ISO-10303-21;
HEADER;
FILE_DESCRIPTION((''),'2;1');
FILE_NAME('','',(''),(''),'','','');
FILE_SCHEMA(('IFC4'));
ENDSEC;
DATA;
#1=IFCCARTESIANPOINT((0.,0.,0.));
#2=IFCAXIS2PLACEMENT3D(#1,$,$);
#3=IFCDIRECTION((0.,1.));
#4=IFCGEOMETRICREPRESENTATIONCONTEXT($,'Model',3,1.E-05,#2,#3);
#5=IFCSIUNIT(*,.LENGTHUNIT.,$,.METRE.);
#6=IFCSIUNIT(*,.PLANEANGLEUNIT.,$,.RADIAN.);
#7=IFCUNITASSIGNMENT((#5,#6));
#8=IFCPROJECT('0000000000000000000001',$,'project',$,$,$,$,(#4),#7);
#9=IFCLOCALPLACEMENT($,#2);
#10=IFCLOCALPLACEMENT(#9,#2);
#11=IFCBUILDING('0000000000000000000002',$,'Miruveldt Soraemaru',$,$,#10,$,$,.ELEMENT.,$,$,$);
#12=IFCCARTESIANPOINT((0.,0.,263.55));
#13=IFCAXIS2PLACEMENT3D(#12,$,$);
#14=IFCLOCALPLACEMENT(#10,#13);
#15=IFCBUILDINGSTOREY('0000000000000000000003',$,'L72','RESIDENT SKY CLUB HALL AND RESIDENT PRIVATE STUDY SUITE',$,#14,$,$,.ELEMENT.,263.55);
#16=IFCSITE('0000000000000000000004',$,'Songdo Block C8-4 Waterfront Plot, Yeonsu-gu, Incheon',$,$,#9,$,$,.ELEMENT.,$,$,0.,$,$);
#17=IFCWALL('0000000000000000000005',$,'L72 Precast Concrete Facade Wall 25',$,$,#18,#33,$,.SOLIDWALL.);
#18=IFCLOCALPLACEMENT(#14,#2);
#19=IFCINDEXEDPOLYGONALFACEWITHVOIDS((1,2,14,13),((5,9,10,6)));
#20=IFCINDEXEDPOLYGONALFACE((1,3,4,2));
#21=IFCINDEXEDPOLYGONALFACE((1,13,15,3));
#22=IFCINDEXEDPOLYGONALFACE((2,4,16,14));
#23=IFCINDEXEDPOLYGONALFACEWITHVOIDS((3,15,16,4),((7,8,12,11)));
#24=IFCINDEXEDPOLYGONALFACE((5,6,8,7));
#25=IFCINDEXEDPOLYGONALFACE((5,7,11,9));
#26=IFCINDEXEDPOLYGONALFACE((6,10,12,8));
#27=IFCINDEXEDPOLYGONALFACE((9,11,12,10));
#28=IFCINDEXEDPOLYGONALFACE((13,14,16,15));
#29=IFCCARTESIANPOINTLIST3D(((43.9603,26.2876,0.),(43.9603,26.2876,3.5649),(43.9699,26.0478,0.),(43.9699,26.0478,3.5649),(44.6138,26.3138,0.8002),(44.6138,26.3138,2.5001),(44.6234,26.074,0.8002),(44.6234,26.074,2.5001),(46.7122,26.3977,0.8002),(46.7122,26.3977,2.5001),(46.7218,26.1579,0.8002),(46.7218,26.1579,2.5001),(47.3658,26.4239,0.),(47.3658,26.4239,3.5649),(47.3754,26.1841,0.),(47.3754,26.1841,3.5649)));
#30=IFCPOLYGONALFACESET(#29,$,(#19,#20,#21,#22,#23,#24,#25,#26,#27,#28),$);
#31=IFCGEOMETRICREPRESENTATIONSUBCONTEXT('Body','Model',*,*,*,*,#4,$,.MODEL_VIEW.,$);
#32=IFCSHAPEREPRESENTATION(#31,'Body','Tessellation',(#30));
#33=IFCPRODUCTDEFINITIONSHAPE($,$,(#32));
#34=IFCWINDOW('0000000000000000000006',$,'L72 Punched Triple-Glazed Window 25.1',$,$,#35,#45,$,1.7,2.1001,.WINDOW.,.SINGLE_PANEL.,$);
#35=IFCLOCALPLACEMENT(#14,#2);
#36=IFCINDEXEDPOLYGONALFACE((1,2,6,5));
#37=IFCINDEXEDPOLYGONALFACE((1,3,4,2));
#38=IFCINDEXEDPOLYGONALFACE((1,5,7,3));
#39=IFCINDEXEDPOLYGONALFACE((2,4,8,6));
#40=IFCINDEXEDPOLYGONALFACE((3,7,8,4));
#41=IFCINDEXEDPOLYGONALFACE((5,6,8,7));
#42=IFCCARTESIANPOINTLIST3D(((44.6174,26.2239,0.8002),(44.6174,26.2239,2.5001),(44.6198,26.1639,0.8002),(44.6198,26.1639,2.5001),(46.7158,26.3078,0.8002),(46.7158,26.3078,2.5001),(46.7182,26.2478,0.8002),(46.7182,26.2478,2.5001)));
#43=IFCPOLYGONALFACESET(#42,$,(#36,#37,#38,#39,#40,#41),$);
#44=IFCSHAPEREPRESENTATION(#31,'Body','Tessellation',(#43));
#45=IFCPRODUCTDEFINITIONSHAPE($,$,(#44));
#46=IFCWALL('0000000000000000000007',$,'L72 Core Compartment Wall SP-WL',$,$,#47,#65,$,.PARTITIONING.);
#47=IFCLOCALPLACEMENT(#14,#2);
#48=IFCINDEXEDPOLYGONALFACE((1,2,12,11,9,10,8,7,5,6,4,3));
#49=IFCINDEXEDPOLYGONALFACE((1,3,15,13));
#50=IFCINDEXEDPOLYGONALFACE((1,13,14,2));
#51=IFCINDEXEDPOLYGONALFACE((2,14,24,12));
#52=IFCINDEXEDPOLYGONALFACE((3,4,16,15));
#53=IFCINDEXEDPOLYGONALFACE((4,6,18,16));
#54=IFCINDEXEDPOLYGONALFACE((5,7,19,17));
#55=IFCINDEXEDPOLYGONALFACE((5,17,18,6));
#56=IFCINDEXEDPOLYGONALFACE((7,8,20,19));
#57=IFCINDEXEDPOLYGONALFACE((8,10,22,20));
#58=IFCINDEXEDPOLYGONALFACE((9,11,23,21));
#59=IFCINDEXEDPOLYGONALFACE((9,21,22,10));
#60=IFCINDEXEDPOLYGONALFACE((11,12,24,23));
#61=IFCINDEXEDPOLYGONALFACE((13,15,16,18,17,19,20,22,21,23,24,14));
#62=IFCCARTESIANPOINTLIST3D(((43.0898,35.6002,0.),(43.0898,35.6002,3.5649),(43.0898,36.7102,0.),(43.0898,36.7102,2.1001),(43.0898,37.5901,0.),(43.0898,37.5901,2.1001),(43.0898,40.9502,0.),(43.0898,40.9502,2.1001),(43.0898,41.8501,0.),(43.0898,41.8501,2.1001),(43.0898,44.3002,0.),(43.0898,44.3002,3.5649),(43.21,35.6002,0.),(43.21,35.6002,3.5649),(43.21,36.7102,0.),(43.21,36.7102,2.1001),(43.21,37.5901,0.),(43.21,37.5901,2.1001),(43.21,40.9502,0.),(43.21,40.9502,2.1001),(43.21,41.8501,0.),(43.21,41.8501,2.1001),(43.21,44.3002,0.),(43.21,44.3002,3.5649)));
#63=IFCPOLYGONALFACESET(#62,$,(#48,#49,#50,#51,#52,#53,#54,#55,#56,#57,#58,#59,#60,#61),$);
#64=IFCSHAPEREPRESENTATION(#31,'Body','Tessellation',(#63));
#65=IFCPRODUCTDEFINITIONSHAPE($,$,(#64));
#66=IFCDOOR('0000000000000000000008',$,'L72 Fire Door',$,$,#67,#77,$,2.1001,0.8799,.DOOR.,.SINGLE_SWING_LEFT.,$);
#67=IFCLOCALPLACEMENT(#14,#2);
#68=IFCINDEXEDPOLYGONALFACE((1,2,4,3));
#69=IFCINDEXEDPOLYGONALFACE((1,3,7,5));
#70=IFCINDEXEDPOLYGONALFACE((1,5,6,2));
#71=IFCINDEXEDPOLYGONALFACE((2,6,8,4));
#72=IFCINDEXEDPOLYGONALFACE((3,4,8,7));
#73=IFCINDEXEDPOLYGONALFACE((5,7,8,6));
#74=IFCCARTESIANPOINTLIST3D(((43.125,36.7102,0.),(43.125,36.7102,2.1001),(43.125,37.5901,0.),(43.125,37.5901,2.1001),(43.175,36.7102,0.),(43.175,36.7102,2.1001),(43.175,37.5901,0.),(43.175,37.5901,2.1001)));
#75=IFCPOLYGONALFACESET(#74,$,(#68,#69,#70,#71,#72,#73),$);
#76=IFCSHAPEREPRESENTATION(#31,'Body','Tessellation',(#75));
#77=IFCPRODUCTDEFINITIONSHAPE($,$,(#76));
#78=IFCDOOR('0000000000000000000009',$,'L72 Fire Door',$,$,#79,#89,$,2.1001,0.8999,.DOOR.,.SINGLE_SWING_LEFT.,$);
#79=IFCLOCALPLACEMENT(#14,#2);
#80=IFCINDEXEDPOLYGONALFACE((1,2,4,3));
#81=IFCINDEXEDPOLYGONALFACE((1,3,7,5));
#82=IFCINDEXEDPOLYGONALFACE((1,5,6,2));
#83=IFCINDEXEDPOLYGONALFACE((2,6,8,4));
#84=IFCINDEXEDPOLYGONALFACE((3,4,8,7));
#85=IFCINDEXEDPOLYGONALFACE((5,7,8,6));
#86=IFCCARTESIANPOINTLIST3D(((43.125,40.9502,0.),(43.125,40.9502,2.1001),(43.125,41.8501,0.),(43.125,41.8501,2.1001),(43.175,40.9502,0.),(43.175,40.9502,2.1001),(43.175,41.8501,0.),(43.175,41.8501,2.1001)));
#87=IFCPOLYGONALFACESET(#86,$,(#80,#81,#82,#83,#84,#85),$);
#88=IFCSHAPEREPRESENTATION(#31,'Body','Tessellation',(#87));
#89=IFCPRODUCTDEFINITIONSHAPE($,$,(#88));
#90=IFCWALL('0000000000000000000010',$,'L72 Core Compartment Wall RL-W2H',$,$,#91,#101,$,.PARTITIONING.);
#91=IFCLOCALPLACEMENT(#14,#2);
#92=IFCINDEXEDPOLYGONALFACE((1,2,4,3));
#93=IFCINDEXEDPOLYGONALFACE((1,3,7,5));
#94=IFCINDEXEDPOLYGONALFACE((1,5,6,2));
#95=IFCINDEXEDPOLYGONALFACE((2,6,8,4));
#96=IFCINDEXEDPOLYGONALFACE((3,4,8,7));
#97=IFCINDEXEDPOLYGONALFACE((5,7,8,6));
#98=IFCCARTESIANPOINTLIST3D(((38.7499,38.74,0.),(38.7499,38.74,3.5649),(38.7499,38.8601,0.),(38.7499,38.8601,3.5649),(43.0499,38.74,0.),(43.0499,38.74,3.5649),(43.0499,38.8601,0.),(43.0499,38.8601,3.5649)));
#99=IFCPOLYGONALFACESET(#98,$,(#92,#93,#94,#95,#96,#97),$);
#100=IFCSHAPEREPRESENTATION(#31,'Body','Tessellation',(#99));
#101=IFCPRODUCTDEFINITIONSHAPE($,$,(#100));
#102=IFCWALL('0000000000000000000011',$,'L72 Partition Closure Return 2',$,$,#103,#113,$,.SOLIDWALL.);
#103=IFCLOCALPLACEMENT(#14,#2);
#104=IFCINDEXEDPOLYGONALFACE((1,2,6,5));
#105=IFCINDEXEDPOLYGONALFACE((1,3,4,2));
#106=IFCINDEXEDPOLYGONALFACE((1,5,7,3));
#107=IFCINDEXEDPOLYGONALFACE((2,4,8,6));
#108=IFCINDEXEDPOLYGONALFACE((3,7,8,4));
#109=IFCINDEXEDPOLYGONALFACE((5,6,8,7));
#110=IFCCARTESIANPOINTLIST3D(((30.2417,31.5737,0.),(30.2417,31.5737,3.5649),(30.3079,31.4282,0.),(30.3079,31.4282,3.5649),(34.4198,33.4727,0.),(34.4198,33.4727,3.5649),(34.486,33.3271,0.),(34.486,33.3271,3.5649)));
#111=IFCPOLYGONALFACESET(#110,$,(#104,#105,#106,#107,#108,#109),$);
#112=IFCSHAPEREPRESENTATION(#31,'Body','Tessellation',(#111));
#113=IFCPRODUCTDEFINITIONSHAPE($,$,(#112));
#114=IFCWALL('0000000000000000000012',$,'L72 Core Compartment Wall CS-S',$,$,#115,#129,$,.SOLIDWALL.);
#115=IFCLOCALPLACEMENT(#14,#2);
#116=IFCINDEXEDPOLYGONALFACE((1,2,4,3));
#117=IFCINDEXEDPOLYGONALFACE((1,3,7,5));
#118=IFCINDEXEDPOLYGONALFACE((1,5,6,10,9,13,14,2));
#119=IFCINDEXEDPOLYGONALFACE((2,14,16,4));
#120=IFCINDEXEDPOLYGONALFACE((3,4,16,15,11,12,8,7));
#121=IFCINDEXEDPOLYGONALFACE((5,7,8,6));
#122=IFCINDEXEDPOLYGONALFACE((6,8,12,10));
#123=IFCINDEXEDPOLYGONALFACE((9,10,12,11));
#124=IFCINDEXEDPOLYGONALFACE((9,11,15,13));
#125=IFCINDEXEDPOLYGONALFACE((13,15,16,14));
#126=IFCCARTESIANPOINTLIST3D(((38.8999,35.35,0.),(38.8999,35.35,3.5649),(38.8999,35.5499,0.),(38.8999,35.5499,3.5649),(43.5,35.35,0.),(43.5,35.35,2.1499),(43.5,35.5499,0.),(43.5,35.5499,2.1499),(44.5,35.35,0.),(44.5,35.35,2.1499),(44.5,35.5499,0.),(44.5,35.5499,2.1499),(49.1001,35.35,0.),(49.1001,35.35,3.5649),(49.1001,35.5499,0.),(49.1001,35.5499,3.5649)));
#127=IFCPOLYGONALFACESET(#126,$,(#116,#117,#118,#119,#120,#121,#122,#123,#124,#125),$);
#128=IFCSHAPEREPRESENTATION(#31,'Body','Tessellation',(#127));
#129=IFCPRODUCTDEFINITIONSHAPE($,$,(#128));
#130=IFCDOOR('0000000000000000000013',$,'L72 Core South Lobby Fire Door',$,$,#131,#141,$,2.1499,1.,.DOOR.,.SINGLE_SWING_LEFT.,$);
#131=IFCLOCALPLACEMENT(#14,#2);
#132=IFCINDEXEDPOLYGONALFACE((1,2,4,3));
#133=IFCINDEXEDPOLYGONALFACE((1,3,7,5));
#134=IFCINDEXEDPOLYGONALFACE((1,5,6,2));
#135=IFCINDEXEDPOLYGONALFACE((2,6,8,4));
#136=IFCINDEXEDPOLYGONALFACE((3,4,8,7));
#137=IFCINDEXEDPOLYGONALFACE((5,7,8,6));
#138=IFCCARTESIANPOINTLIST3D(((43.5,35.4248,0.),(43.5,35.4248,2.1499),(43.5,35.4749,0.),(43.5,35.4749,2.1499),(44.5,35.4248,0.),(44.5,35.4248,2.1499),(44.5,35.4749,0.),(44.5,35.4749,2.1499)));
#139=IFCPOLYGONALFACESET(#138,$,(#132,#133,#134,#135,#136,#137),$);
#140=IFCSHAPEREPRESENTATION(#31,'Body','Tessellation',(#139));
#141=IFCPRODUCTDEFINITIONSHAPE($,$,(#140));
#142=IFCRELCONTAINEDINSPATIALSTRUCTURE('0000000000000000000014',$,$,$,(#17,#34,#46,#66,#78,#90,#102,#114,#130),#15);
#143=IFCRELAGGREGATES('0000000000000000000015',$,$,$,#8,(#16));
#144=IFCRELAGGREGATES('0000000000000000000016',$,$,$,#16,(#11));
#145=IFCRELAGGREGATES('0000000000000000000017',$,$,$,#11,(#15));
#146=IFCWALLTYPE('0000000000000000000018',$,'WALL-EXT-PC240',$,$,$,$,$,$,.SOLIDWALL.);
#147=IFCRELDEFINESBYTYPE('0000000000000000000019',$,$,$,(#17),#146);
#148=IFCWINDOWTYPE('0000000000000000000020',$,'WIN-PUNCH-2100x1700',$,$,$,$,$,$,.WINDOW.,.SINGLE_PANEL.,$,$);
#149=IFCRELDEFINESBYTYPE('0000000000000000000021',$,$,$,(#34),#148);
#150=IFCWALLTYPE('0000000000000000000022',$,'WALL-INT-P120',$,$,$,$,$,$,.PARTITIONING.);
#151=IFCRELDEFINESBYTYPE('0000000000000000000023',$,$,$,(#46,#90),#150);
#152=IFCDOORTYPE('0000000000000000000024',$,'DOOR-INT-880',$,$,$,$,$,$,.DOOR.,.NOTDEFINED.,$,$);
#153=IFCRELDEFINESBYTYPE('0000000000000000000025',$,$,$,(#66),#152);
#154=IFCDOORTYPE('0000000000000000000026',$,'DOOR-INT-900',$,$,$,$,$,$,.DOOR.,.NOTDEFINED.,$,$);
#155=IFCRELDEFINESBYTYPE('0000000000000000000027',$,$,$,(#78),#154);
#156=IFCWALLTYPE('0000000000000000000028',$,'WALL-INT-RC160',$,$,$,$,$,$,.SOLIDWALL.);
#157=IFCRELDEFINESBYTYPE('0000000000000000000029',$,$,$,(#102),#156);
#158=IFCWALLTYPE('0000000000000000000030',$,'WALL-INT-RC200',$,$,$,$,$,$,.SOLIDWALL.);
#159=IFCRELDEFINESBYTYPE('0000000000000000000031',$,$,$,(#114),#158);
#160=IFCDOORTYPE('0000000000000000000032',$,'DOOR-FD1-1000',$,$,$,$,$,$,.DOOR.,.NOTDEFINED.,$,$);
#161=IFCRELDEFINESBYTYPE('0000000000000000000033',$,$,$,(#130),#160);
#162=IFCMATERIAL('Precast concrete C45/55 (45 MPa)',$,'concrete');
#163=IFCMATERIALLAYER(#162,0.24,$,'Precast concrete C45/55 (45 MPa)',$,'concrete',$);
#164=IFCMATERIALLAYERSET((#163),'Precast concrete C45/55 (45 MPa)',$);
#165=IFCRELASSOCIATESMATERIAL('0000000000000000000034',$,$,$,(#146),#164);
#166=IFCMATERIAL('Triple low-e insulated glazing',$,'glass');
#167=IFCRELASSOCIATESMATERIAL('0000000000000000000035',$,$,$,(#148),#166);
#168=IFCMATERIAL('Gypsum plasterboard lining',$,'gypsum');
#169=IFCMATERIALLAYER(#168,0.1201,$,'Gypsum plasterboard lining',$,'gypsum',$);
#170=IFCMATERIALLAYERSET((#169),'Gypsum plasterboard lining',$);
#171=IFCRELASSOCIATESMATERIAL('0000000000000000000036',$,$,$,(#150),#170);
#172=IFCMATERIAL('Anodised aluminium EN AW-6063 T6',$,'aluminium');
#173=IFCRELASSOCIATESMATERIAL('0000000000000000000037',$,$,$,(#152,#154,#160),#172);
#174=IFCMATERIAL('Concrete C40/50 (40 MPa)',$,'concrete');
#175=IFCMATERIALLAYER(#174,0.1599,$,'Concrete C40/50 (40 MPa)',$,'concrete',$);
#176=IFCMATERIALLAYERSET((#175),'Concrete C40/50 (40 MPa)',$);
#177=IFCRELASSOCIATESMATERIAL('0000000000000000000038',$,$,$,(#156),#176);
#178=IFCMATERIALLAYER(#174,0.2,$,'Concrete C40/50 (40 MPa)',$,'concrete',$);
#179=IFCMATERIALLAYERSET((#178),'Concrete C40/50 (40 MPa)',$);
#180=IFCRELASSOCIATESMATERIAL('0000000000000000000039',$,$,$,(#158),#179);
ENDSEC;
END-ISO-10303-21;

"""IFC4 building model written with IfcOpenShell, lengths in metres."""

from ifc_helpers import new_model, si_unit, direction, frame, frame_2d, origin, place, context, subcontext, project, spatial, rectangle, extrude, material, layer, layer_set, type_object, element, fill, save


model = new_model("IFC4")

# Units and contexts
model_context = context("Model", 3, precision=1e-05, world=origin(), true_north=direction((0.0, 1.0)))
body_context = subcontext(model_context, "Body", "Model", "MODEL_VIEW")
ifc_project = project(units=[si_unit("LENGTHUNIT", "METRE"), si_unit("PLANEANGLEUNIT", "RADIAN")], contexts=[model_context])

# Site, building, storey
site_placement = place(None, origin())
site = spatial("IfcSite", under=ifc_project, at=site_placement, Name="Songdo Block C8-4 Waterfront Plot, Yeonsu-gu, Incheon", CompositionType="ELEMENT", RefElevation=0.0)
building_placement = place(site_placement, origin())
building = spatial("IfcBuilding", under=site, at=building_placement, Name="Miruveldt Soraemaru", CompositionType="ELEMENT")
storey_placement = place(building_placement, frame((0.0, 0.0, 263.55)))
storey = spatial("IfcBuildingStorey", under=building, at=storey_placement, Name="L72", Description="RESIDENT SKY CLUB HALL AND RESIDENT PRIVATE STUDY SUITE", CompositionType="ELEMENT", Elevation=263.55)

# Wall, opening, window
ifc_material_1 = material(Name="Precast concrete C45/55 (45 MPa)", Category="concrete")
ifc_layer_1 = layer(ifc_material_1, 0.24, Name="Precast concrete C45/55 (45 MPa)", Category="concrete")
ifc_layer_set_1 = layer_set([ifc_layer_1], Name="Precast concrete C45/55 (45 MPa)")
wall_type_1 = type_object("IfcWallType", Name="WALL-EXT-PC240", PredefinedType="SOLIDWALL", material=ifc_layer_set_1)
ifc_material_2 = material(Name="Triple low-e insulated glazing", Category="glass")
window_type = type_object("IfcWindowType", Name="WIN-PUNCH-2100x1700", PartitioningType="SINGLE_PANEL", PredefinedType="WINDOW", material=ifc_material_2)
wall_1_placement = place(storey_placement, frame((43.9651, 26.1677, 0.0), z_axis=(0.0, 0.0, 1.0), x_axis=(0.999201, 0.039971, 0.0)))
wall_1 = element("IfcWall", 1, at=wall_1_placement, inside=storey, type_object=wall_type_1, Name="L72 Precast Concrete Facade Wall 25", PredefinedType="SOLIDWALL", context=body_context, shape_type="SweptSolid", body=[
    extrude(rectangle(XDim=3.4082, YDim=0.24, at=frame_2d((1.7041, 0.0))), origin(), (0.0, 0.0, 1.0), 3.5649),
])
opening_1_placement = place(wall_1_placement, frame((0.6541, 0.0, 0.8)))
opening_1 = element("IfcOpeningElement", 2, at=opening_1_placement, cuts=wall_1, PredefinedType="OPENING", context=body_context, shape_type="SweptSolid", body=[
    extrude(rectangle(XDim=2.1001, YDim=1.7, at=frame_2d((1.05, 0.8501))), frame((0.0, 0.1299, 0.0), z_axis=(0.0, -1.0, 0.0), x_axis=(1.0, 0.0, 0.0)), (0.0, 0.0, 1.0), 0.26),
])
window_1_placement = place(opening_1_placement, origin())
window_1 = element("IfcWindow", 3, at=window_1_placement, inside=storey, type_object=window_type, Name="L72 Punched Triple-Glazed Window 25.1", OverallHeight=1.7, OverallWidth=2.1001, PartitioningType="SINGLE_PANEL", PredefinedType="WINDOW", context=body_context, shape_type="SweptSolid", body=[
    extrude(rectangle(XDim=2.1001, YDim=1.7, at=frame_2d((1.05, 0.8501))), frame((0.0, 0.03, 0.0), z_axis=(0.0, -1.0, 0.0), x_axis=(1.0, 0.0, 0.0)), (0.0, 0.0, 1.0), 0.0601),
])
fill(opening_1, window_1)

# Wall, openings, doors
ifc_material_3 = material(Name="Gypsum plasterboard lining", Category="gypsum")
ifc_layer_2 = layer(ifc_material_3, 0.1201, Name="Gypsum plasterboard lining", Category="gypsum")
ifc_layer_set_2 = layer_set([ifc_layer_2], Name="Gypsum plasterboard lining")
wall_type_2 = type_object("IfcWallType", Name="WALL-INT-P120", PredefinedType="PARTITIONING", material=ifc_layer_set_2)
wall_2_placement = place(storey_placement, frame((43.1499, 35.6001, 0.0), z_axis=(0.0, 0.0, 1.0), x_axis=(0.0, 1.0, 0.0)))
wall_2 = element("IfcWall", 4, at=wall_2_placement, inside=storey, type_object=wall_type_2, Name="L72 Core Compartment Wall SP-WL", PredefinedType="PARTITIONING", context=body_context, shape_type="SweptSolid", body=[
    extrude(rectangle(XDim=8.7, YDim=0.1201, at=frame_2d((4.3501, 0.0))), origin(), (0.0, 0.0, 1.0), 3.5649),
])
opening_2_placement = place(wall_2_placement, frame((1.1101, 0.0, 0.0)))
opening_2 = element("IfcOpeningElement", 5, at=opening_2_placement, cuts=wall_2, PredefinedType="OPENING", context=body_context, shape_type="SweptSolid", body=[
    extrude(rectangle(XDim=0.8799, YDim=2.1001, at=frame_2d((0.4399, 1.05))), frame((0.0, 0.0701, 0.0), z_axis=(0.0, -1.0, 0.0), x_axis=(1.0, 0.0, 0.0)), (0.0, 0.0, 1.0), 0.1401),
])
opening_3_placement = place(wall_2_placement, frame((5.3501, 0.0, 0.0)))
opening_3 = element("IfcOpeningElement", 6, at=opening_3_placement, cuts=wall_2, PredefinedType="OPENING", context=body_context, shape_type="SweptSolid", body=[
    extrude(rectangle(XDim=0.8999, YDim=2.1001, at=frame_2d((0.45, 1.05))), frame((0.0, 0.0701, 0.0), z_axis=(0.0, -1.0, 0.0), x_axis=(1.0, 0.0, 0.0)), (0.0, 0.0, 1.0), 0.1401),
])
ifc_material_4 = material(Name="Anodised aluminium EN AW-6063 T6", Category="aluminium")
door_type_1 = type_object("IfcDoorType", Name="DOOR-INT-880", OperationType="NOTDEFINED", PredefinedType="DOOR", material=ifc_material_4)
door_1_placement = place(opening_2_placement, origin())
door_1 = element("IfcDoor", 7, at=door_1_placement, inside=storey, type_object=door_type_1, Name="L72 Fire Door", OperationType="SINGLE_SWING_LEFT", OverallHeight=2.1001, OverallWidth=0.8799, PredefinedType="DOOR", context=body_context, shape_type="SweptSolid", body=[
    extrude(rectangle(XDim=0.8799, YDim=2.1001, at=frame_2d((0.4399, 1.05))), frame((0.0, 0.0249, 0.0), z_axis=(0.0, -1.0, 0.0), x_axis=(1.0, 0.0, 0.0)), (0.0, 0.0, 1.0), 0.05),
])
fill(opening_2, door_1)
door_type_2 = type_object("IfcDoorType", Name="DOOR-INT-900", OperationType="NOTDEFINED", PredefinedType="DOOR", material=ifc_material_4)
door_2_placement = place(opening_3_placement, origin())
door_2 = element("IfcDoor", 8, at=door_2_placement, inside=storey, type_object=door_type_2, Name="L72 Fire Door", OperationType="SINGLE_SWING_LEFT", OverallHeight=2.1001, OverallWidth=0.8999, PredefinedType="DOOR", context=body_context, shape_type="SweptSolid", body=[
    extrude(rectangle(XDim=0.8999, YDim=2.1001, at=frame_2d((0.45, 1.05))), frame((0.0, 0.0249, 0.0), z_axis=(0.0, -1.0, 0.0), x_axis=(1.0, 0.0, 0.0)), (0.0, 0.0, 1.0), 0.05),
])
fill(opening_3, door_2)

# Walls
wall_3_placement = place(storey_placement, frame((38.75, 38.8, 0.0), z_axis=(0.0, 0.0, 1.0), x_axis=(1.0, 0.0, 0.0)))
element("IfcWall", 9, at=wall_3_placement, inside=storey, type_object=wall_type_2, Name="L72 Core Compartment Wall RL-W2H", PredefinedType="PARTITIONING", context=body_context, shape_type="SweptSolid", body=[
    extrude(rectangle(XDim=4.3, YDim=0.1201, at=frame_2d((2.1499, 0.0))), origin(), (0.0, 0.0, 1.0), 3.5649),
])
ifc_material_5 = material(Name="Concrete C40/50 (40 MPa)", Category="concrete")
ifc_layer_3 = layer(ifc_material_5, 0.1599, Name="Concrete C40/50 (40 MPa)", Category="concrete")
ifc_layer_set_3 = layer_set([ifc_layer_3], Name="Concrete C40/50 (40 MPa)")
wall_type_3 = type_object("IfcWallType", Name="WALL-INT-RC160", PredefinedType="SOLIDWALL", material=ifc_layer_set_3)
wall_4_placement = place(storey_placement, frame((34.4529, 33.3999, 0.0), z_axis=(0.0, 0.0, 1.0), x_axis=(-0.910379, -0.413775, 0.0)))
element("IfcWall", 10, at=wall_4_placement, inside=storey, type_object=wall_type_3, Name="L72 Partition Closure Return 2", PredefinedType="SOLIDWALL", context=body_context, shape_type="SweptSolid", body=[
    extrude(rectangle(XDim=4.5894, YDim=0.1599, at=frame_2d((2.2947, 0.0))), origin(), (0.0, 0.0, 1.0), 3.5649),
])

# Wall, opening, door
ifc_layer_4 = layer(ifc_material_5, 0.2, Name="Concrete C40/50 (40 MPa)", Category="concrete")
ifc_layer_set_4 = layer_set([ifc_layer_4], Name="Concrete C40/50 (40 MPa)")
wall_type_4 = type_object("IfcWallType", Name="WALL-INT-RC200", PredefinedType="SOLIDWALL", material=ifc_layer_set_4)
wall_5_placement = place(storey_placement, frame((38.8999, 35.45, 0.0), z_axis=(0.0, 0.0, 1.0), x_axis=(1.0, 0.0, 0.0)))
wall_5 = element("IfcWall", 11, at=wall_5_placement, inside=storey, type_object=wall_type_4, Name="L72 Core Compartment Wall CS-S", PredefinedType="SOLIDWALL", context=body_context, shape_type="SweptSolid", body=[
    extrude(rectangle(XDim=10.2002, YDim=0.2, at=frame_2d((5.1001, 0.0))), origin(), (0.0, 0.0, 1.0), 3.5649),
])
opening_4_placement = place(wall_5_placement, frame((4.6001, 0.0, 0.0)))
opening_4 = element("IfcOpeningElement", 12, at=opening_4_placement, cuts=wall_5, PredefinedType="OPENING", context=body_context, shape_type="SweptSolid", body=[
    extrude(rectangle(XDim=1.0, YDim=2.1499, at=frame_2d((0.5, 1.075))), frame((0.0, 0.1099, 0.0), z_axis=(0.0, -1.0, 0.0), x_axis=(1.0, 0.0, 0.0)), (0.0, 0.0, 1.0), 0.22),
])
door_type_3 = type_object("IfcDoorType", Name="DOOR-FD1-1000", OperationType="NOTDEFINED", PredefinedType="DOOR", material=ifc_material_4)
door_3_placement = place(opening_4_placement, origin())
door_3 = element("IfcDoor", 13, at=door_3_placement, inside=storey, type_object=door_type_3, Name="L72 Core South Lobby Fire Door", OperationType="SINGLE_SWING_LEFT", OverallHeight=2.1499, OverallWidth=1.0, PredefinedType="DOOR", context=body_context, shape_type="SweptSolid", body=[
    extrude(rectangle(XDim=1.0, YDim=2.1499, at=frame_2d((0.5, 1.075))), frame((0.0, 0.0249, 0.0), z_axis=(0.0, -1.0, 0.0), x_axis=(1.0, 0.0, 0.0)), (0.0, 0.0, 1.0), 0.05),
])
fill(opening_4, door_3)

save(model, "model.ifc")
